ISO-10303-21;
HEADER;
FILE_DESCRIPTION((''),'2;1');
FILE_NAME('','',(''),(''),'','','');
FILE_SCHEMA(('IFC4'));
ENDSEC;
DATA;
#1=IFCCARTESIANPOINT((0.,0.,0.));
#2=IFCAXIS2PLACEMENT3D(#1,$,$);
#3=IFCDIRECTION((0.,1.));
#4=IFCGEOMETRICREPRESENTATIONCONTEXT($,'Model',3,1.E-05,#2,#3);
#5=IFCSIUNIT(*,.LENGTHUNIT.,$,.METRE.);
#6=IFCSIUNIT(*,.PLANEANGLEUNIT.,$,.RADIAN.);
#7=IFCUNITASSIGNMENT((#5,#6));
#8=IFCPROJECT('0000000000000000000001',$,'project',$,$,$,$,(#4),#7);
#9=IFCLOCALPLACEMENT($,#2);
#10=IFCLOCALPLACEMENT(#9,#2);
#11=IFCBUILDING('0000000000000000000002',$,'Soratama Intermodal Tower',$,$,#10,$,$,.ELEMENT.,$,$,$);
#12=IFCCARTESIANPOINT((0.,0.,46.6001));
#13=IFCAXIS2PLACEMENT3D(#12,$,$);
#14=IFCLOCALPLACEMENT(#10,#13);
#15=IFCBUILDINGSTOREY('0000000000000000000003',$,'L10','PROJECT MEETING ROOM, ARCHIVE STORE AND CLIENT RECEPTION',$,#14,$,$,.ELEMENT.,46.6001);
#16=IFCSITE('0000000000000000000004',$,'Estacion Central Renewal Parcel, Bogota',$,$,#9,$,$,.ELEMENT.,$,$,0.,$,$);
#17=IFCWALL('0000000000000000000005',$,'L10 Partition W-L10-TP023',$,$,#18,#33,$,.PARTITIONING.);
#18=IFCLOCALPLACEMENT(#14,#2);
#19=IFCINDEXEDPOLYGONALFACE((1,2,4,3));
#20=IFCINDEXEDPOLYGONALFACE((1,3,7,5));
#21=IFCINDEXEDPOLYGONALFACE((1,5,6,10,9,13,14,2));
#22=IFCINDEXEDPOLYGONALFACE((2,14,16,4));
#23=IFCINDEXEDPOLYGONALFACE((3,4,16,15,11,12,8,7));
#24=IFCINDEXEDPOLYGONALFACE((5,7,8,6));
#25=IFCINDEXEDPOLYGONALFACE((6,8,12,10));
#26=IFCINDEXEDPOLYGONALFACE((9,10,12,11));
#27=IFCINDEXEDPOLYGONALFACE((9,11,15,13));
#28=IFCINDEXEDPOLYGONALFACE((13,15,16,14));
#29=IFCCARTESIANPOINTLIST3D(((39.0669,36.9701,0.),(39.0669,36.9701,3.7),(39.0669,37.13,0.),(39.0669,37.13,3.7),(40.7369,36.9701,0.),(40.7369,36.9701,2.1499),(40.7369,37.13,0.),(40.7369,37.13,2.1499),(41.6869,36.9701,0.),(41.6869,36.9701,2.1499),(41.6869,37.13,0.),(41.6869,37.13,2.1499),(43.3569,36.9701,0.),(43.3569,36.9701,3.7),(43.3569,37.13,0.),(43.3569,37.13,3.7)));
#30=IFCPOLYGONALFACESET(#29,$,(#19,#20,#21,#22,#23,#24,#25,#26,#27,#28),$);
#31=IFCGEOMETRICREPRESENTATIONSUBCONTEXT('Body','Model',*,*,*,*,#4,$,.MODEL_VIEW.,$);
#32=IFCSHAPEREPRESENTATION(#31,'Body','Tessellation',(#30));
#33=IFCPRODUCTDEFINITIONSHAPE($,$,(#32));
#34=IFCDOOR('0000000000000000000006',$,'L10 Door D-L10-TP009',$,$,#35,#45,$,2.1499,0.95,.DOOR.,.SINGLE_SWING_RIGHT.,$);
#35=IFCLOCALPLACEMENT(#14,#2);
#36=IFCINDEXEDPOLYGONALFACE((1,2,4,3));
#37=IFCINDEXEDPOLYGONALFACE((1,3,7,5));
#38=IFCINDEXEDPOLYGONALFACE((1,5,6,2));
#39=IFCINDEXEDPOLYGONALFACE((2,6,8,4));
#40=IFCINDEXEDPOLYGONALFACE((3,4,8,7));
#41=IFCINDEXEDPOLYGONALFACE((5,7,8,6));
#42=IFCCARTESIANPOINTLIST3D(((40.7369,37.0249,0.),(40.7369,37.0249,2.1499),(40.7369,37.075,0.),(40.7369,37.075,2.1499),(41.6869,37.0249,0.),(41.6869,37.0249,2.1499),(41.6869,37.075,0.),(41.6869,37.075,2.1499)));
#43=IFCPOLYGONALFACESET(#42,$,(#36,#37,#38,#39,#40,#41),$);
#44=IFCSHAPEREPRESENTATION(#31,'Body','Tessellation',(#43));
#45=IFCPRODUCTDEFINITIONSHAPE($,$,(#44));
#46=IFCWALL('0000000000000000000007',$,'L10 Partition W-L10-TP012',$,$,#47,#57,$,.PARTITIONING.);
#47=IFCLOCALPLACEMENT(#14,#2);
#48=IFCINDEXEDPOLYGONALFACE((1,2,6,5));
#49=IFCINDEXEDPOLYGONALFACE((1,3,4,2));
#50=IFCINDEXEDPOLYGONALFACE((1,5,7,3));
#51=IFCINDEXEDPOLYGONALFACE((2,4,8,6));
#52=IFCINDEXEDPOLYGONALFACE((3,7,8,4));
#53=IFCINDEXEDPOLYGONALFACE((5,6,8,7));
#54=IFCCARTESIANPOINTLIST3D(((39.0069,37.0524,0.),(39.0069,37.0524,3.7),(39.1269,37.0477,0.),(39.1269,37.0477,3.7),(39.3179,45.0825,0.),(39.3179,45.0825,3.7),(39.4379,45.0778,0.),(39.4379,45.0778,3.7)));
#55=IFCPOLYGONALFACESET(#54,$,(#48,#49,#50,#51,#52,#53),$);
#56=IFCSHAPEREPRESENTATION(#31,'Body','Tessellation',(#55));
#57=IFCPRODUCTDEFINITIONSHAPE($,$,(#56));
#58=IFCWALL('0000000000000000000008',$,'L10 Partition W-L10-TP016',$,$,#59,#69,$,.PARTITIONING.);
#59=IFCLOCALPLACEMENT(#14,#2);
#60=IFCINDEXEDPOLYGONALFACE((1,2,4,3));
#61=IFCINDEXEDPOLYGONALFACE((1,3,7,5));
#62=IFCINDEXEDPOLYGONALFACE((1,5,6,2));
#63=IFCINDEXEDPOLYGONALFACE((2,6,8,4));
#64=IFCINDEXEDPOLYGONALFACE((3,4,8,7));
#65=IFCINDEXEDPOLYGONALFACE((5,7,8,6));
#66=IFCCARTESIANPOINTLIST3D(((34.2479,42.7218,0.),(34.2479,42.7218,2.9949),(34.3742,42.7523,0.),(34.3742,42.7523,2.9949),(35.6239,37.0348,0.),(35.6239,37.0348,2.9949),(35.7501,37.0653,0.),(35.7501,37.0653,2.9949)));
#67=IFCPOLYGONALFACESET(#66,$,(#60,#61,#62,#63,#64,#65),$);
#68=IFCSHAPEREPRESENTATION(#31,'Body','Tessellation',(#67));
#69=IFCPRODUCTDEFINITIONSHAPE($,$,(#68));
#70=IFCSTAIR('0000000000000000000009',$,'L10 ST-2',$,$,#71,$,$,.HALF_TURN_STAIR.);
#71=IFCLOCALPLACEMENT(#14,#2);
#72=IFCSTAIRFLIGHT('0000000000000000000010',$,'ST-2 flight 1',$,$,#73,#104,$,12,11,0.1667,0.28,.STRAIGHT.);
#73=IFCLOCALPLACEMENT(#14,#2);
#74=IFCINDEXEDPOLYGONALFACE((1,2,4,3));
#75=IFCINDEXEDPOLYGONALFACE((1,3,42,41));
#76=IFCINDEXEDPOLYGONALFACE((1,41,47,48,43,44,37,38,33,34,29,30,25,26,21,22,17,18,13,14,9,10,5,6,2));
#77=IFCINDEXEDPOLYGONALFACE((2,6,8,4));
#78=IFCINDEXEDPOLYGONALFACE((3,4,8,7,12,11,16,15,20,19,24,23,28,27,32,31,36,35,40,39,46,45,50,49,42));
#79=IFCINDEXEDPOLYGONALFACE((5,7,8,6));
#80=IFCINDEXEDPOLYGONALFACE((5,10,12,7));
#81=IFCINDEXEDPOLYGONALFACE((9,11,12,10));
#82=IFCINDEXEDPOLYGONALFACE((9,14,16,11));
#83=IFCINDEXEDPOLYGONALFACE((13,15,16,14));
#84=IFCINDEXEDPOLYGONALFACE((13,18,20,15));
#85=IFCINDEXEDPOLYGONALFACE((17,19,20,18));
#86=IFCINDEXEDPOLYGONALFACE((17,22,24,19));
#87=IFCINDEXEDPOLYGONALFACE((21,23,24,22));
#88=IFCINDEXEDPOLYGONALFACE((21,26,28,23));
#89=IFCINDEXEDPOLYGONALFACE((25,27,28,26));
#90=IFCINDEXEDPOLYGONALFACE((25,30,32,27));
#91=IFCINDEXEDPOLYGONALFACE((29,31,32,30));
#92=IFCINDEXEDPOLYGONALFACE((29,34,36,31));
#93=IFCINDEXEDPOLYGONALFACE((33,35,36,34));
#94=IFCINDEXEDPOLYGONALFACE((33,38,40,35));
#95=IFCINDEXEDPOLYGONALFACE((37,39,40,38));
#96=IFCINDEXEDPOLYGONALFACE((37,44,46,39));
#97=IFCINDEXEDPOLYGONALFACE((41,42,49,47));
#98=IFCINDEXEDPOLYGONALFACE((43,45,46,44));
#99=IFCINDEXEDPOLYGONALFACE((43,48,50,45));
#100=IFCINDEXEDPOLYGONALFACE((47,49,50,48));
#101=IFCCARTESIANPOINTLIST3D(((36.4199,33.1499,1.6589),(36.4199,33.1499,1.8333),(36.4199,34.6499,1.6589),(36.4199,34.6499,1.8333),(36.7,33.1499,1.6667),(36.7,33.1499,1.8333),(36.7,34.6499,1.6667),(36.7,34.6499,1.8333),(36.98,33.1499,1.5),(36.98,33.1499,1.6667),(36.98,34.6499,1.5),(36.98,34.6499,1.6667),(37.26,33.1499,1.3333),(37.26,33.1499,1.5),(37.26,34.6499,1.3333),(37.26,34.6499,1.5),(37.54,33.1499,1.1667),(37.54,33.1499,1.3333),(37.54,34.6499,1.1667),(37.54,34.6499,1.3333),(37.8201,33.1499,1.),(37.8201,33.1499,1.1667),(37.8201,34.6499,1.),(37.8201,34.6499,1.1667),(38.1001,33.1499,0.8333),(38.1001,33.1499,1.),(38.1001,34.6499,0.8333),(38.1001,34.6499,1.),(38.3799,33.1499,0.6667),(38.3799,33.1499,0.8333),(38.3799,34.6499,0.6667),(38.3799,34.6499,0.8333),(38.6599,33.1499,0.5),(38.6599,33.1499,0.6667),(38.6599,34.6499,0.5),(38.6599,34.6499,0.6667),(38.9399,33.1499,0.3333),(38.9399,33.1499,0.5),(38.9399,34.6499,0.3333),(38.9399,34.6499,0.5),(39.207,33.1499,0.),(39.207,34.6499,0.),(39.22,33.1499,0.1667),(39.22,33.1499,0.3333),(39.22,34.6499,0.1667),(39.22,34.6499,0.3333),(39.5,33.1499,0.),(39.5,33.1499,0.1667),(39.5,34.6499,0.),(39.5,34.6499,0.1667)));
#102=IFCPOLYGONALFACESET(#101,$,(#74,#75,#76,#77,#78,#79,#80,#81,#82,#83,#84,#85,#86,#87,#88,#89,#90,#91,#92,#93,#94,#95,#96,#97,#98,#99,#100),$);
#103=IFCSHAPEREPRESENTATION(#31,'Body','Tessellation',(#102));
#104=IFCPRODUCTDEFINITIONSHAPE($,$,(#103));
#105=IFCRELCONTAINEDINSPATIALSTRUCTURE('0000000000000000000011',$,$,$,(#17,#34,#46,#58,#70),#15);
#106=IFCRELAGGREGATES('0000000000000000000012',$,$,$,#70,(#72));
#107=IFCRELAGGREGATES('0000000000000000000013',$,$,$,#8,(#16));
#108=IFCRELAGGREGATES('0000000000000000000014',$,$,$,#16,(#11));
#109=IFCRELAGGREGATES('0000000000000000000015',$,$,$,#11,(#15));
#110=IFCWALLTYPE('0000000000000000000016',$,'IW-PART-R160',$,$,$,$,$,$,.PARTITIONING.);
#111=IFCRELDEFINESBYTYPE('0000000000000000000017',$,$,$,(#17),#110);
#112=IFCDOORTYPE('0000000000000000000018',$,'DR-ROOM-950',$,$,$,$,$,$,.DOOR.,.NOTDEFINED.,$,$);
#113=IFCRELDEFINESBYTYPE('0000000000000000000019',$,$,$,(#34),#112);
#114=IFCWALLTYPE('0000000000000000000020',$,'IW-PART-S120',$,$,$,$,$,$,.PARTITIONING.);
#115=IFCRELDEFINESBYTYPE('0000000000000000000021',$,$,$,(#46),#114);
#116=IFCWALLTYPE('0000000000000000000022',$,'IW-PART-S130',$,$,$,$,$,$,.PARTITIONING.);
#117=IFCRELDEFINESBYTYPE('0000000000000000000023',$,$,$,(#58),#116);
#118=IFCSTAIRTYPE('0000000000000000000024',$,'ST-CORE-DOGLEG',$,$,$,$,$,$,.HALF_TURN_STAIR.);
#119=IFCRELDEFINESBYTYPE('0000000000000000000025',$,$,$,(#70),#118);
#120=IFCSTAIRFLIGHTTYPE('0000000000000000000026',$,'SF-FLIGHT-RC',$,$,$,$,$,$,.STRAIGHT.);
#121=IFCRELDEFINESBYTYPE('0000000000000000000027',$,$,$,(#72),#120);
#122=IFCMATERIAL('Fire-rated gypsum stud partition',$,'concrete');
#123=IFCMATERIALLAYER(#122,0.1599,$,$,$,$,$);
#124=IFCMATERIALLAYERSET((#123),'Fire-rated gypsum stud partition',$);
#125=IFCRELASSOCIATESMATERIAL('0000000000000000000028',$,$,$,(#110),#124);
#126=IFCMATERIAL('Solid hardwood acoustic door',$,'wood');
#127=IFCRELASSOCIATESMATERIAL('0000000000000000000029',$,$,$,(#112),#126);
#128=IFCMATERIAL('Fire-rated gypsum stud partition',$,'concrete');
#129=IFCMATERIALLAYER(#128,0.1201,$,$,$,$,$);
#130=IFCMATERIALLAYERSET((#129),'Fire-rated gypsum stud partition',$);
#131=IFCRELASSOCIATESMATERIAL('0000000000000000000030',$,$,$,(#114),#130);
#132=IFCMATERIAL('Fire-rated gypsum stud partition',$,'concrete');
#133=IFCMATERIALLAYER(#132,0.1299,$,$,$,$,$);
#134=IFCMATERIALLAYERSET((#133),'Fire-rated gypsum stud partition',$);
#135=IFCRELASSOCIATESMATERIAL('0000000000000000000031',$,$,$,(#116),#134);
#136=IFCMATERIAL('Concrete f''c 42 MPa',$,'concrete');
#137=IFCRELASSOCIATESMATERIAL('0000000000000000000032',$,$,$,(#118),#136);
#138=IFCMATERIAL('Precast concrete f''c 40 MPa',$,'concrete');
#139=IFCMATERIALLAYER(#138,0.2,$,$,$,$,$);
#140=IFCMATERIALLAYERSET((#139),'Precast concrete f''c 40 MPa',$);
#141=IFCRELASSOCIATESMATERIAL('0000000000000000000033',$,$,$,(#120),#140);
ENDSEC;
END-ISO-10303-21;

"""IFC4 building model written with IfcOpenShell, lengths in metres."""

from ifc_helpers import new_model, si_unit, direction, frame, frame_2d, origin, place, context, subcontext, project, spatial, polyline, rectangle, outline, extrude, material, layer, layer_set, type_object, element, fill, aggregate, save


model = new_model("IFC4")

# Units and contexts
model_context = context("Model", 3, precision=1e-05, world=origin(), true_north=direction((0.0, 1.0)))
body_context = subcontext(model_context, "Body", "Model", "MODEL_VIEW")
ifc_project = project(units=[si_unit("LENGTHUNIT", "METRE"), si_unit("PLANEANGLEUNIT", "RADIAN")], contexts=[model_context])

# Site, building, storey
site_placement = place(None, origin())
site = spatial("IfcSite", under=ifc_project, at=site_placement, Name="Estacion Central Renewal Parcel, Bogota", CompositionType="ELEMENT", RefElevation=0.0)
building_placement = place(site_placement, origin())
building = spatial("IfcBuilding", under=site, at=building_placement, Name="Soratama Intermodal Tower", CompositionType="ELEMENT")
storey_placement = place(building_placement, frame((0.0, 0.0, 46.6001)))
storey = spatial("IfcBuildingStorey", under=building, at=storey_placement, Name="L10", Description="PROJECT MEETING ROOM, ARCHIVE STORE AND CLIENT RECEPTION", CompositionType="ELEMENT", Elevation=46.6001)

# Wall, opening, door
ifc_material_1 = material(Name="Fire-rated gypsum stud partition", Category="concrete")
ifc_layer_1 = layer(ifc_material_1, 0.1599)
ifc_layer_set_1 = layer_set([ifc_layer_1], Name="Fire-rated gypsum stud partition")
wall_type_1 = type_object("IfcWallType", Name="IW-PART-R160", PredefinedType="PARTITIONING", material=ifc_layer_set_1)
wall_1_placement = place(storey_placement, frame((39.0669, 37.05, 0.0), z_axis=(0.0, 0.0, 1.0), x_axis=(1.0, 0.0, 0.0)))
wall_1 = element("IfcWall", 1, at=wall_1_placement, inside=storey, type_object=wall_type_1, Name="L10 Partition W-L10-TP023", PredefinedType="PARTITIONING", context=body_context, shape_type="SweptSolid", body=[
    extrude(rectangle(XDim=4.29, YDim=0.1599, at=frame_2d((2.145, 0.0))), origin(), (0.0, 0.0, 1.0), 3.7),
])
opening_1_placement = place(wall_1_placement, frame((1.6699, 0.0, 0.0)))
opening_1 = element("IfcOpeningElement", 2, at=opening_1_placement, cuts=wall_1, PredefinedType="OPENING", context=body_context, shape_type="SweptSolid", body=[
    extrude(rectangle(XDim=0.95, YDim=2.1499, at=frame_2d((0.4751, 1.075))), frame((0.0, 0.0898, 0.0), z_axis=(0.0, -1.0, 0.0), x_axis=(1.0, 0.0, 0.0)), (0.0, 0.0, 1.0), 0.1799),
])
ifc_material_2 = material(Name="Solid hardwood acoustic door", Category="wood")
door_type = type_object("IfcDoorType", Name="DR-ROOM-950", OperationType="NOTDEFINED", PredefinedType="DOOR", material=ifc_material_2)
door_1_placement = place(opening_1_placement, origin())
door_1 = element("IfcDoor", 3, at=door_1_placement, inside=storey, type_object=door_type, Name="L10 Door D-L10-TP009", OperationType="SINGLE_SWING_RIGHT", OverallHeight=2.1499, OverallWidth=0.95, PredefinedType="DOOR", context=body_context, shape_type="SweptSolid", body=[
    extrude(rectangle(XDim=0.95, YDim=2.1499, at=frame_2d((0.4751, 1.075))), frame((0.0, 0.0249, 0.0), z_axis=(0.0, -1.0, 0.0), x_axis=(1.0, 0.0, 0.0)), (0.0, 0.0, 1.0), 0.05),
])
fill(opening_1, door_1)

# Walls
ifc_material_3 = material(Name="Fire-rated gypsum stud partition", Category="concrete")
ifc_layer_2 = layer(ifc_material_3, 0.1201)
ifc_layer_set_2 = layer_set([ifc_layer_2], Name="Fire-rated gypsum stud partition")
wall_type_2 = type_object("IfcWallType", Name="IW-PART-S120", PredefinedType="PARTITIONING", material=ifc_layer_set_2)
wall_2_placement = place(storey_placement, frame((39.0669, 37.05, 0.0), z_axis=(0.0, 0.0, 1.0), x_axis=(0.038705, 0.999251, 0.0)))
element("IfcWall", 4, at=wall_2_placement, inside=storey, type_object=wall_type_2, Name="L10 Partition W-L10-TP012", PredefinedType="PARTITIONING", context=body_context, shape_type="SweptSolid", body=[
    extrude(rectangle(XDim=8.0361, YDim=0.1201, at=frame_2d((4.0181, 0.0))), origin(), (0.0, 0.0, 1.0), 3.7),
])
ifc_material_4 = material(Name="Fire-rated gypsum stud partition", Category="concrete")
ifc_layer_3 = layer(ifc_material_4, 0.1299)
ifc_layer_set_3 = layer_set([ifc_layer_3], Name="Fire-rated gypsum stud partition")
wall_type_3 = type_object("IfcWallType", Name="IW-PART-S130", PredefinedType="PARTITIONING", material=ifc_layer_set_3)
wall_3_placement = place(storey_placement, frame((35.687, 37.05, 0.0), z_axis=(0.0, 0.0, 1.0), x_axis=(-0.235165, 0.971955, 0.0)))
element("IfcWall", 5, at=wall_3_placement, inside=storey, type_object=wall_type_3, Name="L10 Partition W-L10-TP016", PredefinedType="PARTITIONING", context=body_context, shape_type="SweptSolid", body=[
    extrude(rectangle(XDim=5.8511, YDim=0.1299, at=frame_2d((2.9255, 0.0))), origin(), (0.0, 0.0, 1.0), 2.9949),
])

# Stair, stair flight
ifc_material_5 = material(Name="Concrete f'c 42 MPa", Category="concrete")
stair_type = type_object("IfcStairType", Name="ST-CORE-DOGLEG", PredefinedType="HALF_TURN_STAIR", material=ifc_material_5)
stair_placement = place(storey_placement, origin())
stair = element("IfcStair", 6, at=stair_placement, inside=storey, type_object=stair_type, Name="L10 ST-2", PredefinedType="HALF_TURN_STAIR")
ifc_material_6 = material(Name="Precast concrete f'c 40 MPa", Category="concrete")
ifc_layer_4 = layer(ifc_material_6, 0.2)
ifc_layer_set_4 = layer_set([ifc_layer_4], Name="Precast concrete f'c 40 MPa")
stair_flight_type = type_object("IfcStairFlightType", Name="SF-FLIGHT-RC", PredefinedType="STRAIGHT", material=ifc_layer_set_4)
stair_flight_placement = place(storey_placement, frame((39.5, 33.8999, 0.0), z_axis=(0.0, 0.0, 1.0), x_axis=(-1.0, 0.0, 0.0)))
stair_flight = element("IfcStairFlight", 7, at=stair_flight_placement, type_object=stair_flight_type, Name="ST-2 flight 1", NumberOfRisers=12, NumberOfTreads=11, PredefinedType="STRAIGHT", RiserHeight=0.1667, TreadLength=0.28, context=body_context, shape_type="SweptSolid", body=[
    extrude(outline(polyline([(0.0, 0.0), (0.0, 0.1667), (0.28, 0.1667), (0.28, 0.3333), (0.5601, 0.3333), (0.5601, 0.5), (0.8401, 0.5), (0.8401, 0.6667), (1.1201, 0.6667), (1.1201, 0.8333), (1.3999, 0.8333), (1.3999, 1.0), (1.6799, 1.0), (1.6799, 1.1667), (1.96, 1.1667), (1.96, 1.3333), (2.24, 1.3333), (2.24, 1.5), (2.52, 1.5), (2.52, 1.6667), (2.8, 1.6667), (2.8, 1.8333), (3.0801, 1.8333), (3.0801, 2.0), (3.0801, 1.6589), (0.293, 0.0), (0.0, 0.0)])), frame((0.0, 0.75, 0.0), z_axis=(0.0, -1.0, 0.0), x_axis=(1.0, 0.0, 0.0)), (0.0, 0.0, 1.0), 1.5),
])
aggregate(stair, [stair_flight])

save(model, "model.ifc")
